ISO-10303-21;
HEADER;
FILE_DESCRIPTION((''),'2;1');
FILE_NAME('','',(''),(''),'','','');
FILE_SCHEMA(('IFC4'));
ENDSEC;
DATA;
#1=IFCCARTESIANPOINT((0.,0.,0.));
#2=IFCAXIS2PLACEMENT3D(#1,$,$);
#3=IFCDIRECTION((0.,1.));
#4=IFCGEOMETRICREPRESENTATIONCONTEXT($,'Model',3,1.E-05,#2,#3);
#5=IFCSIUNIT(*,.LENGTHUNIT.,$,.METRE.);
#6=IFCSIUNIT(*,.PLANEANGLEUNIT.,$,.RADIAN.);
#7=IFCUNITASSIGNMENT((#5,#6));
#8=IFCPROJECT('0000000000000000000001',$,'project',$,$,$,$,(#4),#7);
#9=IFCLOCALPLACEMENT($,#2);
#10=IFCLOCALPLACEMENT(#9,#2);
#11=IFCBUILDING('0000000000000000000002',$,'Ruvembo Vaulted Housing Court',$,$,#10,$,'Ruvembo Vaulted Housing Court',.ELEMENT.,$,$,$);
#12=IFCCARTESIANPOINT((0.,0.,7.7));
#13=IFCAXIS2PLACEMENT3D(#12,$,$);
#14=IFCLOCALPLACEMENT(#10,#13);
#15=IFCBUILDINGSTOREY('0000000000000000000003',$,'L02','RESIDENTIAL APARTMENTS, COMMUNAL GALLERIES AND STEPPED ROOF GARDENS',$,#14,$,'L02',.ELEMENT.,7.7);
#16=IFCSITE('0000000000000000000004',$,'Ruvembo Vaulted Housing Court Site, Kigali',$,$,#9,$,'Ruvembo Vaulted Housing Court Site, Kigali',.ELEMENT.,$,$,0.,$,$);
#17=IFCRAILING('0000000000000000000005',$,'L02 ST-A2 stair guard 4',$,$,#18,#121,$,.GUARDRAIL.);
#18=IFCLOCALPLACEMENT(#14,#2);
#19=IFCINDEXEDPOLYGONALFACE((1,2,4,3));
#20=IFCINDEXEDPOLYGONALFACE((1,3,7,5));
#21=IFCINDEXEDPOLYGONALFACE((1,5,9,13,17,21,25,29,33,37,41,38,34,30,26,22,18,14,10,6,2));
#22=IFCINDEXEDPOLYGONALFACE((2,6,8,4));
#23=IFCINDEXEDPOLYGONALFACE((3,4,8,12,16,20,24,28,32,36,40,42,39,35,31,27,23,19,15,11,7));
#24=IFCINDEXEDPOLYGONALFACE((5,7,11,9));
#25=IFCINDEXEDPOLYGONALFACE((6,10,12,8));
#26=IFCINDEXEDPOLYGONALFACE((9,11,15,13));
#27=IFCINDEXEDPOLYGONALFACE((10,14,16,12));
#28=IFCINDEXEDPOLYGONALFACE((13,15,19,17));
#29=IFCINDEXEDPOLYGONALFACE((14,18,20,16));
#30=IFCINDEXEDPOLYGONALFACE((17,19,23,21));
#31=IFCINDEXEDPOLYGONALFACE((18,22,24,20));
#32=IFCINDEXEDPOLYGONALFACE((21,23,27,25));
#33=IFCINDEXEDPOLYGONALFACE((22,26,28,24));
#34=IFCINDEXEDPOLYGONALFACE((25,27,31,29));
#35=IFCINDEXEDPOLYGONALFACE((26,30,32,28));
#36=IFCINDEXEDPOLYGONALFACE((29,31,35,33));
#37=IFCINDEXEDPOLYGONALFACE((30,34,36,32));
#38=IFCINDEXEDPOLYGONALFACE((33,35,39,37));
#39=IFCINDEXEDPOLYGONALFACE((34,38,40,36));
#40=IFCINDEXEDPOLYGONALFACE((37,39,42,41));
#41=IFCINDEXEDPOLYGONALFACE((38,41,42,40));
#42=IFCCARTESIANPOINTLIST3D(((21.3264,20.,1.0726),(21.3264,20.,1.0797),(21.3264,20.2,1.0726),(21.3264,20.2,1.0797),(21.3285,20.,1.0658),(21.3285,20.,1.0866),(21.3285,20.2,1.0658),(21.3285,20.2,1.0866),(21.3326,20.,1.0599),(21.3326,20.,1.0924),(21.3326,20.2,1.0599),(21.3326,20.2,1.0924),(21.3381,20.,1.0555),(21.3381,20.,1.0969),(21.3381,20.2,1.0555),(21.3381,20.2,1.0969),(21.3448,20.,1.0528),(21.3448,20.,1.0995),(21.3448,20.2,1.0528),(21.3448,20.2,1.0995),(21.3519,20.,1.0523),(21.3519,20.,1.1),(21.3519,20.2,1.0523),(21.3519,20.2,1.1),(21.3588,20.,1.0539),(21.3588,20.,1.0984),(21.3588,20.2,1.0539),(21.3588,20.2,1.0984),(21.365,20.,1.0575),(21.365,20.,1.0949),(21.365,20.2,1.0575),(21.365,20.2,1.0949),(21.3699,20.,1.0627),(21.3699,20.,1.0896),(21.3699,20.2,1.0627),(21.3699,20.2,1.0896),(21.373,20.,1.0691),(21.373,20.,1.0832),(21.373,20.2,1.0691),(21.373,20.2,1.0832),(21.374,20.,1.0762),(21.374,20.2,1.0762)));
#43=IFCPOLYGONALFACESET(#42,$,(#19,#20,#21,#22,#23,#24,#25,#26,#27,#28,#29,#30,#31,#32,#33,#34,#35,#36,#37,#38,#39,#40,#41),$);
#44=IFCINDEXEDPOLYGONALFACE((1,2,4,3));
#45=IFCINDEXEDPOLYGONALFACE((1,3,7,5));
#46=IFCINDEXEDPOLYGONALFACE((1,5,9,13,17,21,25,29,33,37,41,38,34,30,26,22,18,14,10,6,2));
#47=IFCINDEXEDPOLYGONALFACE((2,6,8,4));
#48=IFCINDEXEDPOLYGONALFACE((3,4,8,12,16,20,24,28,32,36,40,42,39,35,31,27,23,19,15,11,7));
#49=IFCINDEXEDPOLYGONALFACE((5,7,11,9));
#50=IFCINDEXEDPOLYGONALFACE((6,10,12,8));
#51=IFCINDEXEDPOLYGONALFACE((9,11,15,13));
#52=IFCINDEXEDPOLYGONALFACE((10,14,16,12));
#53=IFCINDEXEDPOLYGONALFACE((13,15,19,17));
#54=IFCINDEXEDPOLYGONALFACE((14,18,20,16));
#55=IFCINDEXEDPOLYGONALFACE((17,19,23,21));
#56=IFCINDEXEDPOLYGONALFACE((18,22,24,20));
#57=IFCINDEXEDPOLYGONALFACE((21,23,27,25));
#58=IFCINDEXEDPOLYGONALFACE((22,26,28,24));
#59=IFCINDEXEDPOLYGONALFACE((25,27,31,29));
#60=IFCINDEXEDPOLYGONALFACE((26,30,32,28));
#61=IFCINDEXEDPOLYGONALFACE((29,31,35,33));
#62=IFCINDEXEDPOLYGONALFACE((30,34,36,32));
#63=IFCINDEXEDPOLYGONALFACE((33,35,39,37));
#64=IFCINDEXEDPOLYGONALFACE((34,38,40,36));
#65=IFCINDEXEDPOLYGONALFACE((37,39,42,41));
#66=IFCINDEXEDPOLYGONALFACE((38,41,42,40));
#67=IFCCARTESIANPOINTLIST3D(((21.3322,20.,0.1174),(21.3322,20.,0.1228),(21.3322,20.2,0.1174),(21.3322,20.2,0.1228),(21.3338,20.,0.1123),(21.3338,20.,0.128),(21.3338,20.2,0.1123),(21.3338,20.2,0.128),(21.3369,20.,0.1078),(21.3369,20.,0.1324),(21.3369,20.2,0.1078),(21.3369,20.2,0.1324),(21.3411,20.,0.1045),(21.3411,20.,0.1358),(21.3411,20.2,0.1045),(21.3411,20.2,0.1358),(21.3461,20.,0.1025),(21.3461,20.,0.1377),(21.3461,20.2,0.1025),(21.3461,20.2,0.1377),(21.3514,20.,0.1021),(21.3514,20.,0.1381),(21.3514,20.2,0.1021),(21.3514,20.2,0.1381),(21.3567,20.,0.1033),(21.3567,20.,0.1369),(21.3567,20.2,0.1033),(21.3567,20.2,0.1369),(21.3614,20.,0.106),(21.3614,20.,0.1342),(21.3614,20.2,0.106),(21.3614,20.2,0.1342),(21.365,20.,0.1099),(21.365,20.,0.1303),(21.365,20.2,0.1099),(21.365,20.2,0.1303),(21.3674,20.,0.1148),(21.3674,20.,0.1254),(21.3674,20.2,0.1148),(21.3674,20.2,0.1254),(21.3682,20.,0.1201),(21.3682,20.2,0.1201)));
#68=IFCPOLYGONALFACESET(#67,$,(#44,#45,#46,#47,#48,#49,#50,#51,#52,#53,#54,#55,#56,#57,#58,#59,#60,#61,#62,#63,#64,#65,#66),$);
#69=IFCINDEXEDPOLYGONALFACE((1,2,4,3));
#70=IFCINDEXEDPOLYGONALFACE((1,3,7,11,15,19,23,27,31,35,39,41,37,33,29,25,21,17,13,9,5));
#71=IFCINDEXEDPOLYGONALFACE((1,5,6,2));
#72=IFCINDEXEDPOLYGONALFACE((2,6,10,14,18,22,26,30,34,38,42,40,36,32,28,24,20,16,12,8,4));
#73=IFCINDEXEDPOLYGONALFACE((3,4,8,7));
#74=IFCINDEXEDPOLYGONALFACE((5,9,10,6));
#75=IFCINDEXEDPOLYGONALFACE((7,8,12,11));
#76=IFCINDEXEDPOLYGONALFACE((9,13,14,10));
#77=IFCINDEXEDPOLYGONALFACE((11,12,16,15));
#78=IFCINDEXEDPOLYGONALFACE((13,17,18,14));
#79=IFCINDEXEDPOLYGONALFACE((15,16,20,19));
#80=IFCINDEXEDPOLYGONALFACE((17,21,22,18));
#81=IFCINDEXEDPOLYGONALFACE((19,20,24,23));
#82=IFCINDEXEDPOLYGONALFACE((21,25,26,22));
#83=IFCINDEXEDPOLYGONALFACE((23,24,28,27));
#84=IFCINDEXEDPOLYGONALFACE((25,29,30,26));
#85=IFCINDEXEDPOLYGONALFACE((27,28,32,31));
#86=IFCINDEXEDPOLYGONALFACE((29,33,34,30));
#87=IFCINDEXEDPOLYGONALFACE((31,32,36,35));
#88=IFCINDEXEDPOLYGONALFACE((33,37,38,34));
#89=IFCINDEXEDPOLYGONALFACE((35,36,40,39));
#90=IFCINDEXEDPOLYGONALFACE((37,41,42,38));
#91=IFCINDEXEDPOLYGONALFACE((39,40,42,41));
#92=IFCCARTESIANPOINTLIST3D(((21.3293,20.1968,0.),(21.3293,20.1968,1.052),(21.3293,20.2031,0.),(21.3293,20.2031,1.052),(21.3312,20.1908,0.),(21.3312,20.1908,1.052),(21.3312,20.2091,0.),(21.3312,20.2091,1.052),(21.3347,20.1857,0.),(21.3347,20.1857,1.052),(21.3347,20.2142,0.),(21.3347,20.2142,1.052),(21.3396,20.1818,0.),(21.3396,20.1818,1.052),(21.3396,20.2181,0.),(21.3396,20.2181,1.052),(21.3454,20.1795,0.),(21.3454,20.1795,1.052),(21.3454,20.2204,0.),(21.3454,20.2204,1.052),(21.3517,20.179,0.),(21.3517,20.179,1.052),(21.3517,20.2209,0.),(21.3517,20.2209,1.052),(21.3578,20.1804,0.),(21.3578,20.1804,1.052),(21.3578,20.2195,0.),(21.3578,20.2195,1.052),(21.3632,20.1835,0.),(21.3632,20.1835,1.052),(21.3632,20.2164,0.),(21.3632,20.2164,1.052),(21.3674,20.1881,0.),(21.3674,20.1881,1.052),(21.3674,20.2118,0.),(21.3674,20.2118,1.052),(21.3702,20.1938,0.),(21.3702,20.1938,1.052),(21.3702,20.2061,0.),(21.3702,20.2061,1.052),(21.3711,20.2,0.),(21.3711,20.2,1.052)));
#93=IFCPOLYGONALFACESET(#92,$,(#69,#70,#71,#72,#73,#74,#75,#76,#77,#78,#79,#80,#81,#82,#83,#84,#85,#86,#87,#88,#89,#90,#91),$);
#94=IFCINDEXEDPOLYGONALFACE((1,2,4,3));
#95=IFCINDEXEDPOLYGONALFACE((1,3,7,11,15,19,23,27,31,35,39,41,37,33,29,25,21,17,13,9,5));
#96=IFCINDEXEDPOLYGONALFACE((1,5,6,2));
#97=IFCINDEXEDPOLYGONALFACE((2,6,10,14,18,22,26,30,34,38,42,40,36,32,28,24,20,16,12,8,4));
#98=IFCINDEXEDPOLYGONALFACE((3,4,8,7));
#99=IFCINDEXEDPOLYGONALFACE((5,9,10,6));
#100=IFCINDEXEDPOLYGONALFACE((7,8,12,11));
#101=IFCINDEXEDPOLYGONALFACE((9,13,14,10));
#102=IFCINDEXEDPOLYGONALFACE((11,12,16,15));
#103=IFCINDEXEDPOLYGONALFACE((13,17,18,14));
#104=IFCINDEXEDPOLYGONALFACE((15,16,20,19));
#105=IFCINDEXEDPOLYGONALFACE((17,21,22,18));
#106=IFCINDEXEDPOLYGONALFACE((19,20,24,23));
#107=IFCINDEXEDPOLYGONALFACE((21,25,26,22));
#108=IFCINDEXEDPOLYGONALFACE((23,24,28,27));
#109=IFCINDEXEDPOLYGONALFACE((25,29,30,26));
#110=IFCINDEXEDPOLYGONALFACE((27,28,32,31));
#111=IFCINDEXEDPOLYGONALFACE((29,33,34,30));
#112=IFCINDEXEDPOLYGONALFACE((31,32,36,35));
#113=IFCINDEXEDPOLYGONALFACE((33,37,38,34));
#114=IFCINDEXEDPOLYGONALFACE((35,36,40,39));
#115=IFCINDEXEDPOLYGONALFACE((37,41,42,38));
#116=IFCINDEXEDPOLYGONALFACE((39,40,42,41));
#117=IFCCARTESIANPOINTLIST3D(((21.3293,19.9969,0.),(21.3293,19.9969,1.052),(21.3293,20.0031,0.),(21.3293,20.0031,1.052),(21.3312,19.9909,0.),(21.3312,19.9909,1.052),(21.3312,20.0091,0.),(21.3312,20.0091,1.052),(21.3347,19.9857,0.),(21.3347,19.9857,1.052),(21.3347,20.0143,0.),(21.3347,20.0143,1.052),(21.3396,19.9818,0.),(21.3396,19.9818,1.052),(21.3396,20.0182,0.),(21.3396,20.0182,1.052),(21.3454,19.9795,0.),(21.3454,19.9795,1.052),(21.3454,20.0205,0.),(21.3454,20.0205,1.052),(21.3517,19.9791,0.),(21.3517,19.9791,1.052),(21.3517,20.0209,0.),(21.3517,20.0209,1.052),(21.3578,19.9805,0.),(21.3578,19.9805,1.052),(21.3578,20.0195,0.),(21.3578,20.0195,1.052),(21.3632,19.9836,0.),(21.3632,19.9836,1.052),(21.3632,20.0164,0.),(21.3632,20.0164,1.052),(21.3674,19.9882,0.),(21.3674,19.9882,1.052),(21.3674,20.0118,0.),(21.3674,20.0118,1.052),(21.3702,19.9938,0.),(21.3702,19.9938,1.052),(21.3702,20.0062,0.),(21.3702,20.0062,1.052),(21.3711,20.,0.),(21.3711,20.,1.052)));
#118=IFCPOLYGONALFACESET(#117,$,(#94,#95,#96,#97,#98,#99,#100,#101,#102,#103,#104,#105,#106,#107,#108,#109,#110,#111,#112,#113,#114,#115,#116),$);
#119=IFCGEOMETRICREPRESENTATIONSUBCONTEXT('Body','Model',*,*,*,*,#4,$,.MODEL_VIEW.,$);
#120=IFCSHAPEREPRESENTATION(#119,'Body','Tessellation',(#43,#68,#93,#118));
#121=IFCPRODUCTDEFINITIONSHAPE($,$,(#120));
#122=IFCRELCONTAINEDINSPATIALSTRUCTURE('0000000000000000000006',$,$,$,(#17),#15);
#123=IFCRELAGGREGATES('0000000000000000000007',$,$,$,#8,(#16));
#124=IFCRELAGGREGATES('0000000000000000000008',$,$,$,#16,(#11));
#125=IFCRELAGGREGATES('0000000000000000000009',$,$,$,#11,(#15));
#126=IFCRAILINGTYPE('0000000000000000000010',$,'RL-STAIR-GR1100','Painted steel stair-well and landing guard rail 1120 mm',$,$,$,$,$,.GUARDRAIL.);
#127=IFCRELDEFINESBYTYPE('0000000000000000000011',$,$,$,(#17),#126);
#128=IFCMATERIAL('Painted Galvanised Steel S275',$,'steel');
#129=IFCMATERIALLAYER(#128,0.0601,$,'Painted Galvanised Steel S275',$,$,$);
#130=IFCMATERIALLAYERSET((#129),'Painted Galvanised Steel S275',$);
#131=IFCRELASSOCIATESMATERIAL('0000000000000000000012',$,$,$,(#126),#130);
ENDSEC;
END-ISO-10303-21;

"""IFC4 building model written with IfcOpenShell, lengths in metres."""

from ifc_helpers import new_model, si_unit, direction, frame, origin, origin_2d, place, context, subcontext, project, spatial, circle, extrude, material, layer, layer_set, type_object, element, save


model = new_model("IFC4")

# Units and contexts
model_context = context("Model", 3, precision=1e-05, world=origin(), true_north=direction((0.0, 1.0)))
body_context = subcontext(model_context, "Body", "Model", "MODEL_VIEW")
ifc_project = project(units=[si_unit("LENGTHUNIT", "METRE"), si_unit("PLANEANGLEUNIT", "RADIAN")], contexts=[model_context])

# Site, building, storey
site_placement = place(None, origin())
site = spatial("IfcSite", under=ifc_project, at=site_placement, Name="Ruvembo Vaulted Housing Court Site, Kigali", LongName="Ruvembo Vaulted Housing Court Site, Kigali", CompositionType="ELEMENT", RefElevation=0.0)
building_placement = place(site_placement, origin())
building = spatial("IfcBuilding", under=site, at=building_placement, Name="Ruvembo Vaulted Housing Court", LongName="Ruvembo Vaulted Housing Court", CompositionType="ELEMENT")
storey_placement = place(building_placement, frame((0.0, 0.0, 7.7)))
storey = spatial("IfcBuildingStorey", under=building, at=storey_placement, Name="L02", Description="RESIDENTIAL APARTMENTS, COMMUNAL GALLERIES AND STEPPED ROOF GARDENS", LongName="L02", CompositionType="ELEMENT", Elevation=7.7)

# Railing
ifc_material_1 = material(Name="Painted Galvanised Steel S275", Category="steel")
ifc_layer_1 = layer(ifc_material_1, 0.0601, Name="Painted Galvanised Steel S275")
ifc_layer_set_1 = layer_set([ifc_layer_1], Name="Painted Galvanised Steel S275")
railing_type_1 = type_object("IfcRailingType", Name="RL-STAIR-GR1100", Description="Painted steel stair-well and landing guard rail 1120 mm", PredefinedType="GUARDRAIL", material=ifc_layer_set_1)
railing_1_placement = place(storey_placement, frame((21.3501, 20.2, 0.0)))
element("IfcRailing", 1, at=railing_1_placement, inside=storey, type_object=railing_type_1, Name="L02 ST-A2 stair guard 4", PredefinedType="GUARDRAIL", context=body_context, shape_type="SweptSolid", body=[
    extrude(circle(Radius=0.0239, at=origin_2d()), frame((0.0, 0.0, 1.0762), z_axis=(0.0, -1.0, 0.0), x_axis=(1.0, 0.0, 0.0)), (0.0, 0.0, 1.0), 0.2),
    extrude(circle(Radius=0.0181, at=origin_2d()), frame((0.0, 0.0, 0.1201), z_axis=(0.0, -1.0, 0.0), x_axis=(1.0, 0.0, 0.0)), (0.0, 0.0, 1.0), 0.2),
    extrude(circle(Radius=0.021, at=origin_2d()), origin(), (0.0, 0.0, 1.0), 1.052),
    extrude(circle(Radius=0.021, at=origin_2d()), frame((0.0, -0.2, 0.0)), (0.0, 0.0, 1.0), 1.052),
])

save(model, "model.ifc")
